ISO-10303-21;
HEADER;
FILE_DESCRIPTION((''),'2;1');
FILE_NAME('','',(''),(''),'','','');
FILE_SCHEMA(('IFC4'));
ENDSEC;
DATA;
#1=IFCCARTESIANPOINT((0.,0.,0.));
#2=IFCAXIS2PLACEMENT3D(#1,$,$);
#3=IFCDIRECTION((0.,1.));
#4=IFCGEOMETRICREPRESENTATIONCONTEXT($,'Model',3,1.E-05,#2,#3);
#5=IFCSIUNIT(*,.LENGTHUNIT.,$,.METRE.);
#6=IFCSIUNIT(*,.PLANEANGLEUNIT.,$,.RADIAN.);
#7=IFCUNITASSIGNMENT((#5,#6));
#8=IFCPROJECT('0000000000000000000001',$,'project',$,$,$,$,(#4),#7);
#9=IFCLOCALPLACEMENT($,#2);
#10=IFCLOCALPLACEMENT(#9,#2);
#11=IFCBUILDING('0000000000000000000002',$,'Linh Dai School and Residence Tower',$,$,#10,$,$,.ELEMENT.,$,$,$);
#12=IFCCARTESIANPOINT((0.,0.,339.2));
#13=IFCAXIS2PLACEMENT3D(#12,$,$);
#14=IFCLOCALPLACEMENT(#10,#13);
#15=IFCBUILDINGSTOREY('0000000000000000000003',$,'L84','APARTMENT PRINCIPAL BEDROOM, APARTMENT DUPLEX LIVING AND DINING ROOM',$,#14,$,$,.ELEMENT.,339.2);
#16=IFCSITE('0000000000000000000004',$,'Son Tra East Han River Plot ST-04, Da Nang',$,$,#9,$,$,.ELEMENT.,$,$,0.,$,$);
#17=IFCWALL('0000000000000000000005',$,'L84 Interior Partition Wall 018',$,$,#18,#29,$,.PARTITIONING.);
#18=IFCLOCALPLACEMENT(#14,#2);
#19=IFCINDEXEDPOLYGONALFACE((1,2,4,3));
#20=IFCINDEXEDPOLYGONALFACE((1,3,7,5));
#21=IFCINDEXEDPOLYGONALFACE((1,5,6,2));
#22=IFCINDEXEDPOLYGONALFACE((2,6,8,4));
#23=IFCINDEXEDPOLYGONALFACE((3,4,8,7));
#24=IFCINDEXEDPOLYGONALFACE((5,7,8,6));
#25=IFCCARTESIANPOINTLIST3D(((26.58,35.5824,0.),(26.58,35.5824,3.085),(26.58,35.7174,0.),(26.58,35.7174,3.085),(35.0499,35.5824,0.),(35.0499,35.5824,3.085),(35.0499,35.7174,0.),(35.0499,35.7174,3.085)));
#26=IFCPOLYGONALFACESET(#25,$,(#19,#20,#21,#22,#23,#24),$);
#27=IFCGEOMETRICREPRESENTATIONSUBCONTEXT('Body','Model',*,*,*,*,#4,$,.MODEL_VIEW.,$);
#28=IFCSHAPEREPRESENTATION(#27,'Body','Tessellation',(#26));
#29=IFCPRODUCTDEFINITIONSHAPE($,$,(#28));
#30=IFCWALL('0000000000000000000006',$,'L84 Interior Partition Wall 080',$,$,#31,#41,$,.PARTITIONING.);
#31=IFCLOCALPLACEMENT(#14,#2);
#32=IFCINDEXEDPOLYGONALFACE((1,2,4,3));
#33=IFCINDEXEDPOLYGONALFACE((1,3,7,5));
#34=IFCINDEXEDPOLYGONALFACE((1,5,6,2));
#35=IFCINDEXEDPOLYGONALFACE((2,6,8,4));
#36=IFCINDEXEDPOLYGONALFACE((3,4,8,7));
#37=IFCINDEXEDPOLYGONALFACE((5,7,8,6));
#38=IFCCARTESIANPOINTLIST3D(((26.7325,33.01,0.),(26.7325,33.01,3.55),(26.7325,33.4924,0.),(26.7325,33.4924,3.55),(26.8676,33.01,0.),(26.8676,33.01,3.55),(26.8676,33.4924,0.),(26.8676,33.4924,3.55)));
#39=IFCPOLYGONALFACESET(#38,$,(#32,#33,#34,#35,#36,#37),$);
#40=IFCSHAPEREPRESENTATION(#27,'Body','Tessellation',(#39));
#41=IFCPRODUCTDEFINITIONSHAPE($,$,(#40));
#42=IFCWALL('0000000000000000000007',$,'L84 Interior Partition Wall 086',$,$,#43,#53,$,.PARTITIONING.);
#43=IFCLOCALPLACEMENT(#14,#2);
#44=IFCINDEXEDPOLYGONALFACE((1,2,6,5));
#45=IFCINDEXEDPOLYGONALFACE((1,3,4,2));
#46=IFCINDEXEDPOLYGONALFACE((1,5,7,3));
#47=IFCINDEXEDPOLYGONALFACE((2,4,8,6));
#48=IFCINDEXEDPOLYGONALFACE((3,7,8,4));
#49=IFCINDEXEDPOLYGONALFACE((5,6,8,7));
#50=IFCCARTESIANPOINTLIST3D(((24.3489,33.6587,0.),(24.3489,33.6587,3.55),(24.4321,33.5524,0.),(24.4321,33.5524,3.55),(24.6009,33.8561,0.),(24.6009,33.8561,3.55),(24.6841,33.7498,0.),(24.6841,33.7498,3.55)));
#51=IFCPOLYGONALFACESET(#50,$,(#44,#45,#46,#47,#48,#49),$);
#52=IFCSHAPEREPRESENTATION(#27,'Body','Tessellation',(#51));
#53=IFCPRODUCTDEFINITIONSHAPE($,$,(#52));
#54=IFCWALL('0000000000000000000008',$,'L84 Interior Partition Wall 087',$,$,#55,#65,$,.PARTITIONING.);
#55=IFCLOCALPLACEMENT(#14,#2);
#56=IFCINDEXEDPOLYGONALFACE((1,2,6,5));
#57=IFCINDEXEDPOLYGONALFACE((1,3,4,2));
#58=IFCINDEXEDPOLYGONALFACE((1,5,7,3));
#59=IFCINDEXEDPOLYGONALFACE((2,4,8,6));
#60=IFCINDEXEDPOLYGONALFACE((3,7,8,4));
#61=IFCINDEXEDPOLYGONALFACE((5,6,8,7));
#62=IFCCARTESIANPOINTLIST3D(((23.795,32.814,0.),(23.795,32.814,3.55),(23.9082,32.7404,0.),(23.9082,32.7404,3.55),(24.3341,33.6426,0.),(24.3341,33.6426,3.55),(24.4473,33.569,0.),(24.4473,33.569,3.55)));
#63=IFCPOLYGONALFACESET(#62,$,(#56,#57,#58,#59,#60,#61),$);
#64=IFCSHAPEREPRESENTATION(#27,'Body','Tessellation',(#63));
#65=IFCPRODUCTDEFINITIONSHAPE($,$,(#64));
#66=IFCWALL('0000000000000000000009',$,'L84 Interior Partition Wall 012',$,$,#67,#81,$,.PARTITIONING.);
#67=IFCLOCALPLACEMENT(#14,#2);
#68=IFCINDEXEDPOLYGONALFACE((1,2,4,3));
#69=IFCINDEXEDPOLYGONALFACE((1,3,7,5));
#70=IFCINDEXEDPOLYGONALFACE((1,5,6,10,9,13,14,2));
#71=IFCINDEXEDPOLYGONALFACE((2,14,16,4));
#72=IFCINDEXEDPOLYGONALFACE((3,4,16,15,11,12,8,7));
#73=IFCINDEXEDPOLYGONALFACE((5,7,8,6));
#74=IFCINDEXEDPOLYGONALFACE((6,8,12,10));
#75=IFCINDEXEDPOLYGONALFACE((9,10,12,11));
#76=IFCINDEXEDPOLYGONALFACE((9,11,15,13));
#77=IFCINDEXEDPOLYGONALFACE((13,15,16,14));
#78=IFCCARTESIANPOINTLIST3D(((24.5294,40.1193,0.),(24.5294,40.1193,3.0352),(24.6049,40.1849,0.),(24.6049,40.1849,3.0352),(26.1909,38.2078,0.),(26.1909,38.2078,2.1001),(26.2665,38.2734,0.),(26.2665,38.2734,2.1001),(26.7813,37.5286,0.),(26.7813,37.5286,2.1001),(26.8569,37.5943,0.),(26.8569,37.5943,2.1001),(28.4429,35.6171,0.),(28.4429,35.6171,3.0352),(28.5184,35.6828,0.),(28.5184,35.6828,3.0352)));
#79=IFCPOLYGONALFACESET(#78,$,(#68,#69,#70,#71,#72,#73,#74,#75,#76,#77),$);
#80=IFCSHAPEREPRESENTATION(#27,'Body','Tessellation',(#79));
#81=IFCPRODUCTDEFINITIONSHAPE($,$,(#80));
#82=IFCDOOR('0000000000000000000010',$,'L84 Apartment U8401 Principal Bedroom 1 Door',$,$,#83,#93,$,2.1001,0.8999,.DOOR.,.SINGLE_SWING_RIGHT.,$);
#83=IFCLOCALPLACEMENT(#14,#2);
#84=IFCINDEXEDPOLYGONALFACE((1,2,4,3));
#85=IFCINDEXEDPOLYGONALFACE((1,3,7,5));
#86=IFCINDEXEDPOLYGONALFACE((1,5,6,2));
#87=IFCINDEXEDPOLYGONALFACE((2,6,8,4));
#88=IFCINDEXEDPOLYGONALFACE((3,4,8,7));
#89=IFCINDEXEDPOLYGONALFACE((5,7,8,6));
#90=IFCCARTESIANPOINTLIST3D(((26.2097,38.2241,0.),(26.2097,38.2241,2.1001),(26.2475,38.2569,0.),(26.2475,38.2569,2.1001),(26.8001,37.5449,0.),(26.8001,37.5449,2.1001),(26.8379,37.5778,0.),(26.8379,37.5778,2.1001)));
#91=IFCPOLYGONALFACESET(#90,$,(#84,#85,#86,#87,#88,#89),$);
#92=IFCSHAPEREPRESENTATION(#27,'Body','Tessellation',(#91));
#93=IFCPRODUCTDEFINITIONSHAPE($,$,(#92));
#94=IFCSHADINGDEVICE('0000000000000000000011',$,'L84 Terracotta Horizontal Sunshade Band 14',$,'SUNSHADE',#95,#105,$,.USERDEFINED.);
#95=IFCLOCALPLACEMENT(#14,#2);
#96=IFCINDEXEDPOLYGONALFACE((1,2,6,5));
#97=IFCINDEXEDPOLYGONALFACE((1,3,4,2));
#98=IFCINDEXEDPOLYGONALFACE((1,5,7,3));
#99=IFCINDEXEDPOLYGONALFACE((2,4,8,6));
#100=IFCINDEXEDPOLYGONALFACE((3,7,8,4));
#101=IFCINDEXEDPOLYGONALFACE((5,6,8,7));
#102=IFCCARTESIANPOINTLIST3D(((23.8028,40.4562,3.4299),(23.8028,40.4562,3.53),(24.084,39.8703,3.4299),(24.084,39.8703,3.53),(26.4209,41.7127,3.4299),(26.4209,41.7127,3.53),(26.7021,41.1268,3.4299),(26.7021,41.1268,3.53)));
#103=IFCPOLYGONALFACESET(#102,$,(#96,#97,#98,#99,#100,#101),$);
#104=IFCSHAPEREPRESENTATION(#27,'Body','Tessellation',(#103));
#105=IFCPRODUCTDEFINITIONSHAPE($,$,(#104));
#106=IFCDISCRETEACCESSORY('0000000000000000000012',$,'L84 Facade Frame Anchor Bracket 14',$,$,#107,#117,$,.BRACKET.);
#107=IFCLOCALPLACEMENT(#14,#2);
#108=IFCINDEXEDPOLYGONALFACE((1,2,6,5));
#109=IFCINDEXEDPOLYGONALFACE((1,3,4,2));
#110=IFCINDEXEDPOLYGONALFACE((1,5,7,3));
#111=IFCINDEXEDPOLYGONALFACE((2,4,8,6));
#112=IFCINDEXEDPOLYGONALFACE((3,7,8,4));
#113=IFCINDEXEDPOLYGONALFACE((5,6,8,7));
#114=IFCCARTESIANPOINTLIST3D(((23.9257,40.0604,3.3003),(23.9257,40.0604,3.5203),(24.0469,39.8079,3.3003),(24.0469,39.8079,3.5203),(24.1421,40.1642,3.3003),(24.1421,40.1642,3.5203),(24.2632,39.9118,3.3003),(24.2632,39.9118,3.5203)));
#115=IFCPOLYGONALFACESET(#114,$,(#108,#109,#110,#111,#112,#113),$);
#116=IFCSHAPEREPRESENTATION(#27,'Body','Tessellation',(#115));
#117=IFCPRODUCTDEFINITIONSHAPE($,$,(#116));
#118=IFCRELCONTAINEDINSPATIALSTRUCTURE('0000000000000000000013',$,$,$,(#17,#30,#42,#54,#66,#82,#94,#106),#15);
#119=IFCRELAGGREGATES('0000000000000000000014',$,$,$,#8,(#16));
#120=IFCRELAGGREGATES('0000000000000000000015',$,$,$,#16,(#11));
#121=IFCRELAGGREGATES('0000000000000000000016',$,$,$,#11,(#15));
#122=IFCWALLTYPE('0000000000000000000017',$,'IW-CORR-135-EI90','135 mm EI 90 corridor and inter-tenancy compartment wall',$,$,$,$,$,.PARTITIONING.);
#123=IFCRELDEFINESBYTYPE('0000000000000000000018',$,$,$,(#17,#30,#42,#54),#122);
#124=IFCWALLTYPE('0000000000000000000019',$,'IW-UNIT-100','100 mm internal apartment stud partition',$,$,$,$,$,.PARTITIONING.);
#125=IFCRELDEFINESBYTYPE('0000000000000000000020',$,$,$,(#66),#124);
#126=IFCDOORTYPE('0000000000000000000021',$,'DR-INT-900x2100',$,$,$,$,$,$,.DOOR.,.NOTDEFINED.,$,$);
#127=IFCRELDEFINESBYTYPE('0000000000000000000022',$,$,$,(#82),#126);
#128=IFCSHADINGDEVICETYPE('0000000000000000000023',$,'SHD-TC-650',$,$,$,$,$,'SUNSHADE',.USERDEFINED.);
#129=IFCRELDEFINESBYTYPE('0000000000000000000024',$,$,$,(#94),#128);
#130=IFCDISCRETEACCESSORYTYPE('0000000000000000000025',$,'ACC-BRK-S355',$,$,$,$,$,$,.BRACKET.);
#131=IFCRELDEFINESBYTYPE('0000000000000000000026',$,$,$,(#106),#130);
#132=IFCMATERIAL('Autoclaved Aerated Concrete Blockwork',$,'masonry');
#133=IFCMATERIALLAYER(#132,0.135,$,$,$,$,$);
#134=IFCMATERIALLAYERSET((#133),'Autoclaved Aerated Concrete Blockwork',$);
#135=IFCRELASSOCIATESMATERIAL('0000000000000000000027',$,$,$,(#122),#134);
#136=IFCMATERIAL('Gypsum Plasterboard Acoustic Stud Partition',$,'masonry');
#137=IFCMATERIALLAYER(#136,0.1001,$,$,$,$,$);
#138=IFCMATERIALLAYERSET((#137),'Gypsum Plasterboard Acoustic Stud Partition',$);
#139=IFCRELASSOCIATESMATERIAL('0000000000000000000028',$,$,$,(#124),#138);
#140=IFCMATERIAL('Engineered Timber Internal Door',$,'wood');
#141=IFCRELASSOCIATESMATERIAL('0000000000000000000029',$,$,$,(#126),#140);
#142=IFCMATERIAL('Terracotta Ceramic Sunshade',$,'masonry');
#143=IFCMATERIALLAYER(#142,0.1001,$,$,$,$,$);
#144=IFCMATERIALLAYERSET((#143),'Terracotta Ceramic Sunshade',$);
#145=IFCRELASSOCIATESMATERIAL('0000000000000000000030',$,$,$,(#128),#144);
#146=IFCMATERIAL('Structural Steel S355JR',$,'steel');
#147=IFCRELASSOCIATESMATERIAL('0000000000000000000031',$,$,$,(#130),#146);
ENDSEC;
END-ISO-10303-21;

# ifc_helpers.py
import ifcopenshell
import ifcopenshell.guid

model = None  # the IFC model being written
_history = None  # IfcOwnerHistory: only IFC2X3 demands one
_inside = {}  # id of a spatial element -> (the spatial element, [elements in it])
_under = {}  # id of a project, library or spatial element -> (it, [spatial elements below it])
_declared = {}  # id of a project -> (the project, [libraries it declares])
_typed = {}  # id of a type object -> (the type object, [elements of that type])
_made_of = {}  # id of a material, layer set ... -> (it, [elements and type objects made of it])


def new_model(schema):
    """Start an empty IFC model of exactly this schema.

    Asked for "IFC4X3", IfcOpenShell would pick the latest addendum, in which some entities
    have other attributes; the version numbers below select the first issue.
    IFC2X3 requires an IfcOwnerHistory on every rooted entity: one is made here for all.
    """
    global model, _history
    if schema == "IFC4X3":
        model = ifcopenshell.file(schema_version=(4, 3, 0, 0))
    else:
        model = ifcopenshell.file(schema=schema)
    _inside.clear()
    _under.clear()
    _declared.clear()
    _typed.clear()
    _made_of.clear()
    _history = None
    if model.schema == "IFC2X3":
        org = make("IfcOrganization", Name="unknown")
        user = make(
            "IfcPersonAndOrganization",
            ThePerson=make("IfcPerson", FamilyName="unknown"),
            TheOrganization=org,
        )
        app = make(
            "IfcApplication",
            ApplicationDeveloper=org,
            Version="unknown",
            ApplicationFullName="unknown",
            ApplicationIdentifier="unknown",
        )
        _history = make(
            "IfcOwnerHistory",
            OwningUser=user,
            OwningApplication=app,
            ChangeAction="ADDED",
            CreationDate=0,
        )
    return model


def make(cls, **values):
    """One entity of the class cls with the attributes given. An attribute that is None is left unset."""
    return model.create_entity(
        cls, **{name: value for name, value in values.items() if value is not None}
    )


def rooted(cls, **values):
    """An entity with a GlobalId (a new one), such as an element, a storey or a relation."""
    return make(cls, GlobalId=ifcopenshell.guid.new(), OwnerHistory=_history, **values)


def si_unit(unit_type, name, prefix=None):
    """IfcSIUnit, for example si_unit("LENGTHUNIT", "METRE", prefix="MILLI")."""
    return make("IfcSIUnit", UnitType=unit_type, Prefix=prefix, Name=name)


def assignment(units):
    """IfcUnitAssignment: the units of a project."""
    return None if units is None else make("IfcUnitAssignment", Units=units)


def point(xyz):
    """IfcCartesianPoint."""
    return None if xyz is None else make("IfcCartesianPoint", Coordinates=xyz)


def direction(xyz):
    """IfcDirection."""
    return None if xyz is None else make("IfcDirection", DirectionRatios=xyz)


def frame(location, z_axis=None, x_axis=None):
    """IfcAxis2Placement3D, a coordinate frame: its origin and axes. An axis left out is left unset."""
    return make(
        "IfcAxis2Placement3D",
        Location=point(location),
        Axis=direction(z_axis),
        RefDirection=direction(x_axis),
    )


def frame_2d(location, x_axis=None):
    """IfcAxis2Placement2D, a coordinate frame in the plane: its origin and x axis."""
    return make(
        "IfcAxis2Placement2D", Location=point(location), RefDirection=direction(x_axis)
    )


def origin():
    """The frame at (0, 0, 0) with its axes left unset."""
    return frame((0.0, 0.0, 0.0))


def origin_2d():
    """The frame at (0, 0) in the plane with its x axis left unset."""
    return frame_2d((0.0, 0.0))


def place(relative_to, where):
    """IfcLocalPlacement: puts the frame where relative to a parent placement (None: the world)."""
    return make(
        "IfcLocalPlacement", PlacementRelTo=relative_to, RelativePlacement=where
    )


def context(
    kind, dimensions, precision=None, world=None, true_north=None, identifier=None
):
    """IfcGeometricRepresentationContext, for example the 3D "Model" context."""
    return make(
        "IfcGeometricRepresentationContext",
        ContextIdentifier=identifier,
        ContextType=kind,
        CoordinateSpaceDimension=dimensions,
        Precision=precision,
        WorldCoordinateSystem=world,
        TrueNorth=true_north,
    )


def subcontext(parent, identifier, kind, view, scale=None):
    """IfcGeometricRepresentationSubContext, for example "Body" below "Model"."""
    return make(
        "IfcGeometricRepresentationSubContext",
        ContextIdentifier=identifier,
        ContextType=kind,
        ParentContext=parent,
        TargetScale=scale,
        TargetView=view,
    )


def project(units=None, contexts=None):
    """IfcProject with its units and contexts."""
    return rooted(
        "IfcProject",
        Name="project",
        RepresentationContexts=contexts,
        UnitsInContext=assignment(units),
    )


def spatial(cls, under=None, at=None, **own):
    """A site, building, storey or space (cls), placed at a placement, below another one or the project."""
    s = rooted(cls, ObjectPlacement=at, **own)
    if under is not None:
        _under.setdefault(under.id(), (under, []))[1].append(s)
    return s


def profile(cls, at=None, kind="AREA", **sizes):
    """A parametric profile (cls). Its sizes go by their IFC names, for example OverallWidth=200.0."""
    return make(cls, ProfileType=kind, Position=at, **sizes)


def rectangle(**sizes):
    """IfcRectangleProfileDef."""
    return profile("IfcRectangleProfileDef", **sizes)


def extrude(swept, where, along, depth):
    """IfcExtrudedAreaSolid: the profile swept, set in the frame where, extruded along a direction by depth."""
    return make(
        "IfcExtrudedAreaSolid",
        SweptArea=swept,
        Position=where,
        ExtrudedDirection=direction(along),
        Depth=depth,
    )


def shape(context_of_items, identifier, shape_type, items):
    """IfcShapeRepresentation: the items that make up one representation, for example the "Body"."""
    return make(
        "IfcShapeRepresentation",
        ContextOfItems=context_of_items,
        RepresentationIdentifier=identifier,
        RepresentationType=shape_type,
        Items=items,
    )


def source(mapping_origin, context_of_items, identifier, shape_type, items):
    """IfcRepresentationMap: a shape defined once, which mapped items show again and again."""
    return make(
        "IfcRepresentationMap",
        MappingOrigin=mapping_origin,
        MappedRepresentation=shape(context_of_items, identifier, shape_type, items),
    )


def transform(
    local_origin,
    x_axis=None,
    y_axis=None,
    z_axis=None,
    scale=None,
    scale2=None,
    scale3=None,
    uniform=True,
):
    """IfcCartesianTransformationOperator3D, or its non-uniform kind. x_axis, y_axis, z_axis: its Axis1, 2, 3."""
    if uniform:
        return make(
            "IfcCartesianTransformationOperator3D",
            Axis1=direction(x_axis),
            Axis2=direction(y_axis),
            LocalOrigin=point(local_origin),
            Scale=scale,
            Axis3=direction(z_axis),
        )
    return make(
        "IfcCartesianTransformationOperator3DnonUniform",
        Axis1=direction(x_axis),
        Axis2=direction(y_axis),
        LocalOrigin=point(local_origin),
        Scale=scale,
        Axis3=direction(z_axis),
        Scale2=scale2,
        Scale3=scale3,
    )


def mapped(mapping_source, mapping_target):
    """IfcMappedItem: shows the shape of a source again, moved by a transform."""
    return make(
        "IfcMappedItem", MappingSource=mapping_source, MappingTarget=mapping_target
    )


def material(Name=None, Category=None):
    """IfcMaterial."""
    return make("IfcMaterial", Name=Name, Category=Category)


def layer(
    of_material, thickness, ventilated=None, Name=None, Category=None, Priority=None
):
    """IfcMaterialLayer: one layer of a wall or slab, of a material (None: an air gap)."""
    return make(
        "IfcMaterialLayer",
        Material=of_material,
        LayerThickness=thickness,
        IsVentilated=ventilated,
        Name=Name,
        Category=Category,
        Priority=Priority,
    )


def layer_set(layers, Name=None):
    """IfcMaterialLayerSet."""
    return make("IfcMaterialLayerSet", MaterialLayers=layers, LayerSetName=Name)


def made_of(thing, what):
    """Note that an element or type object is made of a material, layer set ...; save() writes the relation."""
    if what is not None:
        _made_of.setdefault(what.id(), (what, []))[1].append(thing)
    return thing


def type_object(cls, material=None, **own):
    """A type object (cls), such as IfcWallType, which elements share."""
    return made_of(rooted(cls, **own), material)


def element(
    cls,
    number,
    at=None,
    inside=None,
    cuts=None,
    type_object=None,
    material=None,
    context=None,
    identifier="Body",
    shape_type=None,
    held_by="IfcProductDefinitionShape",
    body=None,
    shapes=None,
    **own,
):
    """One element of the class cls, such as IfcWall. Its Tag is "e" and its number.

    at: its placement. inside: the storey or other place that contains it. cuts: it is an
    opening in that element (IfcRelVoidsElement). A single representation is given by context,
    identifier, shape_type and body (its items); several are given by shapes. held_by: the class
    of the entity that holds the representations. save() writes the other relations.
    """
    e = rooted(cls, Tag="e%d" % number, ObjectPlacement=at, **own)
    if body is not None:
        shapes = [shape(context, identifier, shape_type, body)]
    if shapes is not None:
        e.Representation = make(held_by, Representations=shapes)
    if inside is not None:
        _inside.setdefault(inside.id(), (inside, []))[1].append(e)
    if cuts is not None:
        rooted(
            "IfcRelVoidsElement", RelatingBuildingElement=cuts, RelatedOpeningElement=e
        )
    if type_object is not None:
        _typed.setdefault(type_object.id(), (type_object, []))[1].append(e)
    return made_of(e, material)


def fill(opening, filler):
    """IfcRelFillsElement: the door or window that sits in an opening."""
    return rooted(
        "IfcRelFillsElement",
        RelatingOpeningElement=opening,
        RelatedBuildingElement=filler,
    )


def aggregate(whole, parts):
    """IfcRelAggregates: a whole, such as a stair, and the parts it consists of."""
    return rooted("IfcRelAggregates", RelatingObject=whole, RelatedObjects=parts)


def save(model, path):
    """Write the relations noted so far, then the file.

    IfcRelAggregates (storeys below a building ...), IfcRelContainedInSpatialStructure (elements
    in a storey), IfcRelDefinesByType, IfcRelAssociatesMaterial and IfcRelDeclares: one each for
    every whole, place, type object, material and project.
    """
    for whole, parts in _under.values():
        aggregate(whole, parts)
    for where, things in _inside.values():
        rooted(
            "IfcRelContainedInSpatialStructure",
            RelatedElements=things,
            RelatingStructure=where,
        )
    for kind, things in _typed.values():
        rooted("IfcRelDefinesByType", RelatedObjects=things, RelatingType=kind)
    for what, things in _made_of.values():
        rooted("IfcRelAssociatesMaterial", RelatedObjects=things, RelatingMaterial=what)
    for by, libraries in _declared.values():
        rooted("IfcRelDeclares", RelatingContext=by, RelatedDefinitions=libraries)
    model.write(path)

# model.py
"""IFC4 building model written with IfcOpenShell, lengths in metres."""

from ifc_helpers import new_model, si_unit, direction, frame, frame_2d, origin, origin_2d, place, context, subcontext, project, spatial, rectangle, extrude, source, transform, mapped, material, layer, layer_set, type_object, element, fill, save


model = new_model("IFC4")

# Units and contexts
model_context = context("Model", 3, precision=1e-05, world=origin(), true_north=direction((0.0, 1.0)))
body_context = subcontext(model_context, "Body", "Model", "MODEL_VIEW")
ifc_project = project(units=[si_unit("LENGTHUNIT", "METRE"), si_unit("PLANEANGLEUNIT", "RADIAN")], contexts=[model_context])

# Site, building, storey
site_placement = place(None, origin())
site = spatial("IfcSite", under=ifc_project, at=site_placement, Name="Son Tra East Han River Plot ST-04, Da Nang", CompositionType="ELEMENT", RefElevation=0.0)
building_placement = place(site_placement, origin())
building = spatial("IfcBuilding", under=site, at=building_placement, Name="Linh Dai School and Residence Tower", CompositionType="ELEMENT")
storey_placement = place(building_placement, frame((0.0, 0.0, 339.2)))
storey = spatial("IfcBuildingStorey", under=building, at=storey_placement, Name="L84", Description="APARTMENT PRINCIPAL BEDROOM, APARTMENT DUPLEX LIVING AND DINING ROOM", CompositionType="ELEMENT", Elevation=339.2)

# Shared definitions
ifc_material_1 = material(Name="Structural Steel S355JR", Category="steel")

# Walls
ifc_material_2 = material(Name="Autoclaved Aerated Concrete Blockwork", Category="masonry")
ifc_layer_1 = layer(ifc_material_2, 0.135)
ifc_layer_set_1 = layer_set([ifc_layer_1], Name="Autoclaved Aerated Concrete Blockwork")
wall_type_1 = type_object("IfcWallType", Name="IW-CORR-135-EI90", Description="135 mm EI 90 corridor and inter-tenancy compartment wall", PredefinedType="PARTITIONING", material=ifc_layer_set_1)
wall_1_placement = place(storey_placement, frame((26.5801, 35.6499, 0.0), z_axis=(0.0, 0.0, 1.0), x_axis=(1.0, 0.0, 0.0)))
element("IfcWall", 1, at=wall_1_placement, inside=storey, type_object=wall_type_1, Name="L84 Interior Partition Wall 018", PredefinedType="PARTITIONING", context=body_context, shape_type="SweptSolid", body=[
    extrude(rectangle(XDim=8.47, YDim=0.135, at=frame_2d((4.2349, 0.0))), origin(), (0.0, 0.0, 1.0), 3.085),
])
wall_2_placement = place(storey_placement, frame((26.8, 33.4924, 0.0), z_axis=(0.0, 0.0, 1.0), x_axis=(0.0, -1.0, 0.0)))
element("IfcWall", 2, at=wall_2_placement, inside=storey, type_object=wall_type_1, Name="L84 Interior Partition Wall 080", PredefinedType="PARTITIONING", context=body_context, shape_type="SweptSolid", body=[
    extrude(rectangle(XDim=0.4824, YDim=0.135, at=frame_2d((0.2412, 0.0))), origin(), (0.0, 0.0, 1.0), 3.55),
])
wall_3_placement = place(storey_placement, frame((24.6426, 33.803, 0.0), z_axis=(0.0, 0.0, 1.0), x_axis=(-0.787376, -0.616473, 0.0)))
element("IfcWall", 3, at=wall_3_placement, inside=storey, type_object=wall_type_1, Name="L84 Interior Partition Wall 086", PredefinedType="PARTITIONING", context=body_context, shape_type="SweptSolid", body=[
    extrude(rectangle(XDim=0.3201, YDim=0.135, at=frame_2d((0.1602, 0.0))), origin(), (0.0, 0.0, 1.0), 3.55),
])
wall_4_placement = place(storey_placement, frame((24.3906, 33.6057, 0.0), z_axis=(0.0, 0.0, 1.0), x_axis=(-0.545318, -0.838229, 0.0)))
element("IfcWall", 4, at=wall_4_placement, inside=storey, type_object=wall_type_1, Name="L84 Interior Partition Wall 087", PredefinedType="PARTITIONING", context=body_context, shape_type="SweptSolid", body=[
    extrude(rectangle(XDim=0.9885, YDim=0.135, at=frame_2d((0.4941, 0.0))), origin(), (0.0, 0.0, 1.0), 3.55),
])

# Wall, opening, door
ifc_material_3 = material(Name="Gypsum Plasterboard Acoustic Stud Partition", Category="masonry")
ifc_layer_2 = layer(ifc_material_3, 0.1001)
ifc_layer_set_2 = layer_set([ifc_layer_2], Name="Gypsum Plasterboard Acoustic Stud Partition")
wall_type_2 = type_object("IfcWallType", Name="IW-UNIT-100", Description="100 mm internal apartment stud partition", PredefinedType="PARTITIONING", material=ifc_layer_set_2)
wall_5_placement = place(storey_placement, frame((24.5671, 40.1521, 0.0), z_axis=(0.0, 0.0, 1.0), x_axis=(0.656047, -0.75472, 0.0)))
wall_5 = element("IfcWall", 5, at=wall_5_placement, inside=storey, type_object=wall_type_2, Name="L84 Interior Partition Wall 012", PredefinedType="PARTITIONING", context=body_context, shape_type="SweptSolid", body=[
    extrude(rectangle(XDim=5.9653, YDim=0.1001, at=frame_2d((2.9827, 0.0))), origin(), (0.0, 0.0, 1.0), 3.0352),
])
opening_1_placement = place(wall_5_placement, frame((2.5327, 0.0, 0.0)))
opening_1 = element("IfcOpeningElement", 6, at=opening_1_placement, cuts=wall_5, PredefinedType="OPENING", context=body_context, shape_type="SweptSolid", body=[
    extrude(rectangle(XDim=0.8999, YDim=2.1001, at=origin_2d()), frame((0.45, 0.0601, 1.05), z_axis=(0.0, -1.0, 0.0), x_axis=(1.0, 0.0, 0.0)), (0.0, 0.0, 1.0), 0.1201),
])
ifc_material_4 = material(Name="Engineered Timber Internal Door", Category="wood")
door_type = type_object("IfcDoorType", Name="DR-INT-900x2100", OperationType="NOTDEFINED", PredefinedType="DOOR", material=ifc_material_4)
shared_shape_1 = source(origin(), body_context, "Body", "SweptSolid", [
    extrude(rectangle(XDim=0.8999, YDim=2.1001, at=origin_2d()), frame((0.45, 0.0249, 1.05), z_axis=(0.0, -1.0, 0.0), x_axis=(1.0, 0.0, 0.0)), (0.0, 0.0, 1.0), 0.05),
])
door_placement = place(opening_1_placement, origin())
door = element("IfcDoor", 7, at=door_placement, inside=storey, type_object=door_type, Name="L84 Apartment U8401 Principal Bedroom 1 Door", OperationType="SINGLE_SWING_RIGHT", OverallHeight=2.1001, OverallWidth=0.8999, PredefinedType="DOOR", context=body_context, shape_type="MappedRepresentation", body=[
    mapped(shared_shape_1, transform((0.0, 0.0, 0.0), x_axis=(1.0, 0.0, 0.0), y_axis=(0.0, 1.0, 0.0), z_axis=(0.0, 0.0, 1.0), scale=1.0)),
])
fill(opening_1, door)

# Shading device
ifc_material_5 = material(Name="Terracotta Ceramic Sunshade", Category="masonry")
ifc_layer_3 = layer(ifc_material_5, 0.1001)
ifc_layer_set_3 = layer_set([ifc_layer_3], Name="Terracotta Ceramic Sunshade")
shading_device_type = type_object("IfcShadingDeviceType", Name="SHD-TC-650", ElementType="SUNSHADE", PredefinedType="USERDEFINED", material=ifc_layer_set_3)
shared_shape_2 = source(origin(), body_context, "Body", "SweptSolid", [
    extrude(rectangle(XDim=2.9041, YDim=0.6499, at=origin_2d()), origin(), (0.0, 0.0, 1.0), 0.1001),
])
shading_device_placement = place(storey_placement, frame((25.2524, 40.7915, 3.4299), z_axis=(0.0, 0.0, 1.0), x_axis=(0.901551, 0.432674, 0.0)))
element("IfcShadingDevice", 8, at=shading_device_placement, inside=storey, type_object=shading_device_type, Name="L84 Terracotta Horizontal Sunshade Band 14", ObjectType="SUNSHADE", PredefinedType="USERDEFINED", context=body_context, shape_type="MappedRepresentation", body=[
    mapped(shared_shape_2, transform((0.0, 0.0, 0.0), x_axis=(1.0, 0.0, 0.0), y_axis=(0.0, 1.0, 0.0), z_axis=(0.0, 0.0, 1.0), scale=1.0)),
])

# Discrete accessory
discrete_accessory_type = type_object("IfcDiscreteAccessoryType", Name="ACC-BRK-S355", PredefinedType="BRACKET", material=ifc_material_1)
shared_shape_3 = source(origin(), body_context, "Body", "SweptSolid", [
    extrude(rectangle(XDim=0.28, YDim=0.24, at=origin_2d()), origin(), (0.0, 0.0, 1.0), 0.22),
])
discrete_accessory_placement = place(storey_placement, frame((24.0945, 39.9861, 3.3003), z_axis=(0.0, 0.0, 1.0), x_axis=(-0.432674, 0.901551, 0.0)))
element("IfcDiscreteAccessory", 9, at=discrete_accessory_placement, inside=storey, type_object=discrete_accessory_type, Name="L84 Facade Frame Anchor Bracket 14", PredefinedType="BRACKET", context=body_context, shape_type="MappedRepresentation", body=[
    mapped(shared_shape_3, transform((0.0, 0.0, 0.0), x_axis=(1.0, 0.0, 0.0), y_axis=(0.0, 1.0, 0.0), z_axis=(0.0, 0.0, 1.0), scale=1.0)),
])

save(model, "model.ifc")
